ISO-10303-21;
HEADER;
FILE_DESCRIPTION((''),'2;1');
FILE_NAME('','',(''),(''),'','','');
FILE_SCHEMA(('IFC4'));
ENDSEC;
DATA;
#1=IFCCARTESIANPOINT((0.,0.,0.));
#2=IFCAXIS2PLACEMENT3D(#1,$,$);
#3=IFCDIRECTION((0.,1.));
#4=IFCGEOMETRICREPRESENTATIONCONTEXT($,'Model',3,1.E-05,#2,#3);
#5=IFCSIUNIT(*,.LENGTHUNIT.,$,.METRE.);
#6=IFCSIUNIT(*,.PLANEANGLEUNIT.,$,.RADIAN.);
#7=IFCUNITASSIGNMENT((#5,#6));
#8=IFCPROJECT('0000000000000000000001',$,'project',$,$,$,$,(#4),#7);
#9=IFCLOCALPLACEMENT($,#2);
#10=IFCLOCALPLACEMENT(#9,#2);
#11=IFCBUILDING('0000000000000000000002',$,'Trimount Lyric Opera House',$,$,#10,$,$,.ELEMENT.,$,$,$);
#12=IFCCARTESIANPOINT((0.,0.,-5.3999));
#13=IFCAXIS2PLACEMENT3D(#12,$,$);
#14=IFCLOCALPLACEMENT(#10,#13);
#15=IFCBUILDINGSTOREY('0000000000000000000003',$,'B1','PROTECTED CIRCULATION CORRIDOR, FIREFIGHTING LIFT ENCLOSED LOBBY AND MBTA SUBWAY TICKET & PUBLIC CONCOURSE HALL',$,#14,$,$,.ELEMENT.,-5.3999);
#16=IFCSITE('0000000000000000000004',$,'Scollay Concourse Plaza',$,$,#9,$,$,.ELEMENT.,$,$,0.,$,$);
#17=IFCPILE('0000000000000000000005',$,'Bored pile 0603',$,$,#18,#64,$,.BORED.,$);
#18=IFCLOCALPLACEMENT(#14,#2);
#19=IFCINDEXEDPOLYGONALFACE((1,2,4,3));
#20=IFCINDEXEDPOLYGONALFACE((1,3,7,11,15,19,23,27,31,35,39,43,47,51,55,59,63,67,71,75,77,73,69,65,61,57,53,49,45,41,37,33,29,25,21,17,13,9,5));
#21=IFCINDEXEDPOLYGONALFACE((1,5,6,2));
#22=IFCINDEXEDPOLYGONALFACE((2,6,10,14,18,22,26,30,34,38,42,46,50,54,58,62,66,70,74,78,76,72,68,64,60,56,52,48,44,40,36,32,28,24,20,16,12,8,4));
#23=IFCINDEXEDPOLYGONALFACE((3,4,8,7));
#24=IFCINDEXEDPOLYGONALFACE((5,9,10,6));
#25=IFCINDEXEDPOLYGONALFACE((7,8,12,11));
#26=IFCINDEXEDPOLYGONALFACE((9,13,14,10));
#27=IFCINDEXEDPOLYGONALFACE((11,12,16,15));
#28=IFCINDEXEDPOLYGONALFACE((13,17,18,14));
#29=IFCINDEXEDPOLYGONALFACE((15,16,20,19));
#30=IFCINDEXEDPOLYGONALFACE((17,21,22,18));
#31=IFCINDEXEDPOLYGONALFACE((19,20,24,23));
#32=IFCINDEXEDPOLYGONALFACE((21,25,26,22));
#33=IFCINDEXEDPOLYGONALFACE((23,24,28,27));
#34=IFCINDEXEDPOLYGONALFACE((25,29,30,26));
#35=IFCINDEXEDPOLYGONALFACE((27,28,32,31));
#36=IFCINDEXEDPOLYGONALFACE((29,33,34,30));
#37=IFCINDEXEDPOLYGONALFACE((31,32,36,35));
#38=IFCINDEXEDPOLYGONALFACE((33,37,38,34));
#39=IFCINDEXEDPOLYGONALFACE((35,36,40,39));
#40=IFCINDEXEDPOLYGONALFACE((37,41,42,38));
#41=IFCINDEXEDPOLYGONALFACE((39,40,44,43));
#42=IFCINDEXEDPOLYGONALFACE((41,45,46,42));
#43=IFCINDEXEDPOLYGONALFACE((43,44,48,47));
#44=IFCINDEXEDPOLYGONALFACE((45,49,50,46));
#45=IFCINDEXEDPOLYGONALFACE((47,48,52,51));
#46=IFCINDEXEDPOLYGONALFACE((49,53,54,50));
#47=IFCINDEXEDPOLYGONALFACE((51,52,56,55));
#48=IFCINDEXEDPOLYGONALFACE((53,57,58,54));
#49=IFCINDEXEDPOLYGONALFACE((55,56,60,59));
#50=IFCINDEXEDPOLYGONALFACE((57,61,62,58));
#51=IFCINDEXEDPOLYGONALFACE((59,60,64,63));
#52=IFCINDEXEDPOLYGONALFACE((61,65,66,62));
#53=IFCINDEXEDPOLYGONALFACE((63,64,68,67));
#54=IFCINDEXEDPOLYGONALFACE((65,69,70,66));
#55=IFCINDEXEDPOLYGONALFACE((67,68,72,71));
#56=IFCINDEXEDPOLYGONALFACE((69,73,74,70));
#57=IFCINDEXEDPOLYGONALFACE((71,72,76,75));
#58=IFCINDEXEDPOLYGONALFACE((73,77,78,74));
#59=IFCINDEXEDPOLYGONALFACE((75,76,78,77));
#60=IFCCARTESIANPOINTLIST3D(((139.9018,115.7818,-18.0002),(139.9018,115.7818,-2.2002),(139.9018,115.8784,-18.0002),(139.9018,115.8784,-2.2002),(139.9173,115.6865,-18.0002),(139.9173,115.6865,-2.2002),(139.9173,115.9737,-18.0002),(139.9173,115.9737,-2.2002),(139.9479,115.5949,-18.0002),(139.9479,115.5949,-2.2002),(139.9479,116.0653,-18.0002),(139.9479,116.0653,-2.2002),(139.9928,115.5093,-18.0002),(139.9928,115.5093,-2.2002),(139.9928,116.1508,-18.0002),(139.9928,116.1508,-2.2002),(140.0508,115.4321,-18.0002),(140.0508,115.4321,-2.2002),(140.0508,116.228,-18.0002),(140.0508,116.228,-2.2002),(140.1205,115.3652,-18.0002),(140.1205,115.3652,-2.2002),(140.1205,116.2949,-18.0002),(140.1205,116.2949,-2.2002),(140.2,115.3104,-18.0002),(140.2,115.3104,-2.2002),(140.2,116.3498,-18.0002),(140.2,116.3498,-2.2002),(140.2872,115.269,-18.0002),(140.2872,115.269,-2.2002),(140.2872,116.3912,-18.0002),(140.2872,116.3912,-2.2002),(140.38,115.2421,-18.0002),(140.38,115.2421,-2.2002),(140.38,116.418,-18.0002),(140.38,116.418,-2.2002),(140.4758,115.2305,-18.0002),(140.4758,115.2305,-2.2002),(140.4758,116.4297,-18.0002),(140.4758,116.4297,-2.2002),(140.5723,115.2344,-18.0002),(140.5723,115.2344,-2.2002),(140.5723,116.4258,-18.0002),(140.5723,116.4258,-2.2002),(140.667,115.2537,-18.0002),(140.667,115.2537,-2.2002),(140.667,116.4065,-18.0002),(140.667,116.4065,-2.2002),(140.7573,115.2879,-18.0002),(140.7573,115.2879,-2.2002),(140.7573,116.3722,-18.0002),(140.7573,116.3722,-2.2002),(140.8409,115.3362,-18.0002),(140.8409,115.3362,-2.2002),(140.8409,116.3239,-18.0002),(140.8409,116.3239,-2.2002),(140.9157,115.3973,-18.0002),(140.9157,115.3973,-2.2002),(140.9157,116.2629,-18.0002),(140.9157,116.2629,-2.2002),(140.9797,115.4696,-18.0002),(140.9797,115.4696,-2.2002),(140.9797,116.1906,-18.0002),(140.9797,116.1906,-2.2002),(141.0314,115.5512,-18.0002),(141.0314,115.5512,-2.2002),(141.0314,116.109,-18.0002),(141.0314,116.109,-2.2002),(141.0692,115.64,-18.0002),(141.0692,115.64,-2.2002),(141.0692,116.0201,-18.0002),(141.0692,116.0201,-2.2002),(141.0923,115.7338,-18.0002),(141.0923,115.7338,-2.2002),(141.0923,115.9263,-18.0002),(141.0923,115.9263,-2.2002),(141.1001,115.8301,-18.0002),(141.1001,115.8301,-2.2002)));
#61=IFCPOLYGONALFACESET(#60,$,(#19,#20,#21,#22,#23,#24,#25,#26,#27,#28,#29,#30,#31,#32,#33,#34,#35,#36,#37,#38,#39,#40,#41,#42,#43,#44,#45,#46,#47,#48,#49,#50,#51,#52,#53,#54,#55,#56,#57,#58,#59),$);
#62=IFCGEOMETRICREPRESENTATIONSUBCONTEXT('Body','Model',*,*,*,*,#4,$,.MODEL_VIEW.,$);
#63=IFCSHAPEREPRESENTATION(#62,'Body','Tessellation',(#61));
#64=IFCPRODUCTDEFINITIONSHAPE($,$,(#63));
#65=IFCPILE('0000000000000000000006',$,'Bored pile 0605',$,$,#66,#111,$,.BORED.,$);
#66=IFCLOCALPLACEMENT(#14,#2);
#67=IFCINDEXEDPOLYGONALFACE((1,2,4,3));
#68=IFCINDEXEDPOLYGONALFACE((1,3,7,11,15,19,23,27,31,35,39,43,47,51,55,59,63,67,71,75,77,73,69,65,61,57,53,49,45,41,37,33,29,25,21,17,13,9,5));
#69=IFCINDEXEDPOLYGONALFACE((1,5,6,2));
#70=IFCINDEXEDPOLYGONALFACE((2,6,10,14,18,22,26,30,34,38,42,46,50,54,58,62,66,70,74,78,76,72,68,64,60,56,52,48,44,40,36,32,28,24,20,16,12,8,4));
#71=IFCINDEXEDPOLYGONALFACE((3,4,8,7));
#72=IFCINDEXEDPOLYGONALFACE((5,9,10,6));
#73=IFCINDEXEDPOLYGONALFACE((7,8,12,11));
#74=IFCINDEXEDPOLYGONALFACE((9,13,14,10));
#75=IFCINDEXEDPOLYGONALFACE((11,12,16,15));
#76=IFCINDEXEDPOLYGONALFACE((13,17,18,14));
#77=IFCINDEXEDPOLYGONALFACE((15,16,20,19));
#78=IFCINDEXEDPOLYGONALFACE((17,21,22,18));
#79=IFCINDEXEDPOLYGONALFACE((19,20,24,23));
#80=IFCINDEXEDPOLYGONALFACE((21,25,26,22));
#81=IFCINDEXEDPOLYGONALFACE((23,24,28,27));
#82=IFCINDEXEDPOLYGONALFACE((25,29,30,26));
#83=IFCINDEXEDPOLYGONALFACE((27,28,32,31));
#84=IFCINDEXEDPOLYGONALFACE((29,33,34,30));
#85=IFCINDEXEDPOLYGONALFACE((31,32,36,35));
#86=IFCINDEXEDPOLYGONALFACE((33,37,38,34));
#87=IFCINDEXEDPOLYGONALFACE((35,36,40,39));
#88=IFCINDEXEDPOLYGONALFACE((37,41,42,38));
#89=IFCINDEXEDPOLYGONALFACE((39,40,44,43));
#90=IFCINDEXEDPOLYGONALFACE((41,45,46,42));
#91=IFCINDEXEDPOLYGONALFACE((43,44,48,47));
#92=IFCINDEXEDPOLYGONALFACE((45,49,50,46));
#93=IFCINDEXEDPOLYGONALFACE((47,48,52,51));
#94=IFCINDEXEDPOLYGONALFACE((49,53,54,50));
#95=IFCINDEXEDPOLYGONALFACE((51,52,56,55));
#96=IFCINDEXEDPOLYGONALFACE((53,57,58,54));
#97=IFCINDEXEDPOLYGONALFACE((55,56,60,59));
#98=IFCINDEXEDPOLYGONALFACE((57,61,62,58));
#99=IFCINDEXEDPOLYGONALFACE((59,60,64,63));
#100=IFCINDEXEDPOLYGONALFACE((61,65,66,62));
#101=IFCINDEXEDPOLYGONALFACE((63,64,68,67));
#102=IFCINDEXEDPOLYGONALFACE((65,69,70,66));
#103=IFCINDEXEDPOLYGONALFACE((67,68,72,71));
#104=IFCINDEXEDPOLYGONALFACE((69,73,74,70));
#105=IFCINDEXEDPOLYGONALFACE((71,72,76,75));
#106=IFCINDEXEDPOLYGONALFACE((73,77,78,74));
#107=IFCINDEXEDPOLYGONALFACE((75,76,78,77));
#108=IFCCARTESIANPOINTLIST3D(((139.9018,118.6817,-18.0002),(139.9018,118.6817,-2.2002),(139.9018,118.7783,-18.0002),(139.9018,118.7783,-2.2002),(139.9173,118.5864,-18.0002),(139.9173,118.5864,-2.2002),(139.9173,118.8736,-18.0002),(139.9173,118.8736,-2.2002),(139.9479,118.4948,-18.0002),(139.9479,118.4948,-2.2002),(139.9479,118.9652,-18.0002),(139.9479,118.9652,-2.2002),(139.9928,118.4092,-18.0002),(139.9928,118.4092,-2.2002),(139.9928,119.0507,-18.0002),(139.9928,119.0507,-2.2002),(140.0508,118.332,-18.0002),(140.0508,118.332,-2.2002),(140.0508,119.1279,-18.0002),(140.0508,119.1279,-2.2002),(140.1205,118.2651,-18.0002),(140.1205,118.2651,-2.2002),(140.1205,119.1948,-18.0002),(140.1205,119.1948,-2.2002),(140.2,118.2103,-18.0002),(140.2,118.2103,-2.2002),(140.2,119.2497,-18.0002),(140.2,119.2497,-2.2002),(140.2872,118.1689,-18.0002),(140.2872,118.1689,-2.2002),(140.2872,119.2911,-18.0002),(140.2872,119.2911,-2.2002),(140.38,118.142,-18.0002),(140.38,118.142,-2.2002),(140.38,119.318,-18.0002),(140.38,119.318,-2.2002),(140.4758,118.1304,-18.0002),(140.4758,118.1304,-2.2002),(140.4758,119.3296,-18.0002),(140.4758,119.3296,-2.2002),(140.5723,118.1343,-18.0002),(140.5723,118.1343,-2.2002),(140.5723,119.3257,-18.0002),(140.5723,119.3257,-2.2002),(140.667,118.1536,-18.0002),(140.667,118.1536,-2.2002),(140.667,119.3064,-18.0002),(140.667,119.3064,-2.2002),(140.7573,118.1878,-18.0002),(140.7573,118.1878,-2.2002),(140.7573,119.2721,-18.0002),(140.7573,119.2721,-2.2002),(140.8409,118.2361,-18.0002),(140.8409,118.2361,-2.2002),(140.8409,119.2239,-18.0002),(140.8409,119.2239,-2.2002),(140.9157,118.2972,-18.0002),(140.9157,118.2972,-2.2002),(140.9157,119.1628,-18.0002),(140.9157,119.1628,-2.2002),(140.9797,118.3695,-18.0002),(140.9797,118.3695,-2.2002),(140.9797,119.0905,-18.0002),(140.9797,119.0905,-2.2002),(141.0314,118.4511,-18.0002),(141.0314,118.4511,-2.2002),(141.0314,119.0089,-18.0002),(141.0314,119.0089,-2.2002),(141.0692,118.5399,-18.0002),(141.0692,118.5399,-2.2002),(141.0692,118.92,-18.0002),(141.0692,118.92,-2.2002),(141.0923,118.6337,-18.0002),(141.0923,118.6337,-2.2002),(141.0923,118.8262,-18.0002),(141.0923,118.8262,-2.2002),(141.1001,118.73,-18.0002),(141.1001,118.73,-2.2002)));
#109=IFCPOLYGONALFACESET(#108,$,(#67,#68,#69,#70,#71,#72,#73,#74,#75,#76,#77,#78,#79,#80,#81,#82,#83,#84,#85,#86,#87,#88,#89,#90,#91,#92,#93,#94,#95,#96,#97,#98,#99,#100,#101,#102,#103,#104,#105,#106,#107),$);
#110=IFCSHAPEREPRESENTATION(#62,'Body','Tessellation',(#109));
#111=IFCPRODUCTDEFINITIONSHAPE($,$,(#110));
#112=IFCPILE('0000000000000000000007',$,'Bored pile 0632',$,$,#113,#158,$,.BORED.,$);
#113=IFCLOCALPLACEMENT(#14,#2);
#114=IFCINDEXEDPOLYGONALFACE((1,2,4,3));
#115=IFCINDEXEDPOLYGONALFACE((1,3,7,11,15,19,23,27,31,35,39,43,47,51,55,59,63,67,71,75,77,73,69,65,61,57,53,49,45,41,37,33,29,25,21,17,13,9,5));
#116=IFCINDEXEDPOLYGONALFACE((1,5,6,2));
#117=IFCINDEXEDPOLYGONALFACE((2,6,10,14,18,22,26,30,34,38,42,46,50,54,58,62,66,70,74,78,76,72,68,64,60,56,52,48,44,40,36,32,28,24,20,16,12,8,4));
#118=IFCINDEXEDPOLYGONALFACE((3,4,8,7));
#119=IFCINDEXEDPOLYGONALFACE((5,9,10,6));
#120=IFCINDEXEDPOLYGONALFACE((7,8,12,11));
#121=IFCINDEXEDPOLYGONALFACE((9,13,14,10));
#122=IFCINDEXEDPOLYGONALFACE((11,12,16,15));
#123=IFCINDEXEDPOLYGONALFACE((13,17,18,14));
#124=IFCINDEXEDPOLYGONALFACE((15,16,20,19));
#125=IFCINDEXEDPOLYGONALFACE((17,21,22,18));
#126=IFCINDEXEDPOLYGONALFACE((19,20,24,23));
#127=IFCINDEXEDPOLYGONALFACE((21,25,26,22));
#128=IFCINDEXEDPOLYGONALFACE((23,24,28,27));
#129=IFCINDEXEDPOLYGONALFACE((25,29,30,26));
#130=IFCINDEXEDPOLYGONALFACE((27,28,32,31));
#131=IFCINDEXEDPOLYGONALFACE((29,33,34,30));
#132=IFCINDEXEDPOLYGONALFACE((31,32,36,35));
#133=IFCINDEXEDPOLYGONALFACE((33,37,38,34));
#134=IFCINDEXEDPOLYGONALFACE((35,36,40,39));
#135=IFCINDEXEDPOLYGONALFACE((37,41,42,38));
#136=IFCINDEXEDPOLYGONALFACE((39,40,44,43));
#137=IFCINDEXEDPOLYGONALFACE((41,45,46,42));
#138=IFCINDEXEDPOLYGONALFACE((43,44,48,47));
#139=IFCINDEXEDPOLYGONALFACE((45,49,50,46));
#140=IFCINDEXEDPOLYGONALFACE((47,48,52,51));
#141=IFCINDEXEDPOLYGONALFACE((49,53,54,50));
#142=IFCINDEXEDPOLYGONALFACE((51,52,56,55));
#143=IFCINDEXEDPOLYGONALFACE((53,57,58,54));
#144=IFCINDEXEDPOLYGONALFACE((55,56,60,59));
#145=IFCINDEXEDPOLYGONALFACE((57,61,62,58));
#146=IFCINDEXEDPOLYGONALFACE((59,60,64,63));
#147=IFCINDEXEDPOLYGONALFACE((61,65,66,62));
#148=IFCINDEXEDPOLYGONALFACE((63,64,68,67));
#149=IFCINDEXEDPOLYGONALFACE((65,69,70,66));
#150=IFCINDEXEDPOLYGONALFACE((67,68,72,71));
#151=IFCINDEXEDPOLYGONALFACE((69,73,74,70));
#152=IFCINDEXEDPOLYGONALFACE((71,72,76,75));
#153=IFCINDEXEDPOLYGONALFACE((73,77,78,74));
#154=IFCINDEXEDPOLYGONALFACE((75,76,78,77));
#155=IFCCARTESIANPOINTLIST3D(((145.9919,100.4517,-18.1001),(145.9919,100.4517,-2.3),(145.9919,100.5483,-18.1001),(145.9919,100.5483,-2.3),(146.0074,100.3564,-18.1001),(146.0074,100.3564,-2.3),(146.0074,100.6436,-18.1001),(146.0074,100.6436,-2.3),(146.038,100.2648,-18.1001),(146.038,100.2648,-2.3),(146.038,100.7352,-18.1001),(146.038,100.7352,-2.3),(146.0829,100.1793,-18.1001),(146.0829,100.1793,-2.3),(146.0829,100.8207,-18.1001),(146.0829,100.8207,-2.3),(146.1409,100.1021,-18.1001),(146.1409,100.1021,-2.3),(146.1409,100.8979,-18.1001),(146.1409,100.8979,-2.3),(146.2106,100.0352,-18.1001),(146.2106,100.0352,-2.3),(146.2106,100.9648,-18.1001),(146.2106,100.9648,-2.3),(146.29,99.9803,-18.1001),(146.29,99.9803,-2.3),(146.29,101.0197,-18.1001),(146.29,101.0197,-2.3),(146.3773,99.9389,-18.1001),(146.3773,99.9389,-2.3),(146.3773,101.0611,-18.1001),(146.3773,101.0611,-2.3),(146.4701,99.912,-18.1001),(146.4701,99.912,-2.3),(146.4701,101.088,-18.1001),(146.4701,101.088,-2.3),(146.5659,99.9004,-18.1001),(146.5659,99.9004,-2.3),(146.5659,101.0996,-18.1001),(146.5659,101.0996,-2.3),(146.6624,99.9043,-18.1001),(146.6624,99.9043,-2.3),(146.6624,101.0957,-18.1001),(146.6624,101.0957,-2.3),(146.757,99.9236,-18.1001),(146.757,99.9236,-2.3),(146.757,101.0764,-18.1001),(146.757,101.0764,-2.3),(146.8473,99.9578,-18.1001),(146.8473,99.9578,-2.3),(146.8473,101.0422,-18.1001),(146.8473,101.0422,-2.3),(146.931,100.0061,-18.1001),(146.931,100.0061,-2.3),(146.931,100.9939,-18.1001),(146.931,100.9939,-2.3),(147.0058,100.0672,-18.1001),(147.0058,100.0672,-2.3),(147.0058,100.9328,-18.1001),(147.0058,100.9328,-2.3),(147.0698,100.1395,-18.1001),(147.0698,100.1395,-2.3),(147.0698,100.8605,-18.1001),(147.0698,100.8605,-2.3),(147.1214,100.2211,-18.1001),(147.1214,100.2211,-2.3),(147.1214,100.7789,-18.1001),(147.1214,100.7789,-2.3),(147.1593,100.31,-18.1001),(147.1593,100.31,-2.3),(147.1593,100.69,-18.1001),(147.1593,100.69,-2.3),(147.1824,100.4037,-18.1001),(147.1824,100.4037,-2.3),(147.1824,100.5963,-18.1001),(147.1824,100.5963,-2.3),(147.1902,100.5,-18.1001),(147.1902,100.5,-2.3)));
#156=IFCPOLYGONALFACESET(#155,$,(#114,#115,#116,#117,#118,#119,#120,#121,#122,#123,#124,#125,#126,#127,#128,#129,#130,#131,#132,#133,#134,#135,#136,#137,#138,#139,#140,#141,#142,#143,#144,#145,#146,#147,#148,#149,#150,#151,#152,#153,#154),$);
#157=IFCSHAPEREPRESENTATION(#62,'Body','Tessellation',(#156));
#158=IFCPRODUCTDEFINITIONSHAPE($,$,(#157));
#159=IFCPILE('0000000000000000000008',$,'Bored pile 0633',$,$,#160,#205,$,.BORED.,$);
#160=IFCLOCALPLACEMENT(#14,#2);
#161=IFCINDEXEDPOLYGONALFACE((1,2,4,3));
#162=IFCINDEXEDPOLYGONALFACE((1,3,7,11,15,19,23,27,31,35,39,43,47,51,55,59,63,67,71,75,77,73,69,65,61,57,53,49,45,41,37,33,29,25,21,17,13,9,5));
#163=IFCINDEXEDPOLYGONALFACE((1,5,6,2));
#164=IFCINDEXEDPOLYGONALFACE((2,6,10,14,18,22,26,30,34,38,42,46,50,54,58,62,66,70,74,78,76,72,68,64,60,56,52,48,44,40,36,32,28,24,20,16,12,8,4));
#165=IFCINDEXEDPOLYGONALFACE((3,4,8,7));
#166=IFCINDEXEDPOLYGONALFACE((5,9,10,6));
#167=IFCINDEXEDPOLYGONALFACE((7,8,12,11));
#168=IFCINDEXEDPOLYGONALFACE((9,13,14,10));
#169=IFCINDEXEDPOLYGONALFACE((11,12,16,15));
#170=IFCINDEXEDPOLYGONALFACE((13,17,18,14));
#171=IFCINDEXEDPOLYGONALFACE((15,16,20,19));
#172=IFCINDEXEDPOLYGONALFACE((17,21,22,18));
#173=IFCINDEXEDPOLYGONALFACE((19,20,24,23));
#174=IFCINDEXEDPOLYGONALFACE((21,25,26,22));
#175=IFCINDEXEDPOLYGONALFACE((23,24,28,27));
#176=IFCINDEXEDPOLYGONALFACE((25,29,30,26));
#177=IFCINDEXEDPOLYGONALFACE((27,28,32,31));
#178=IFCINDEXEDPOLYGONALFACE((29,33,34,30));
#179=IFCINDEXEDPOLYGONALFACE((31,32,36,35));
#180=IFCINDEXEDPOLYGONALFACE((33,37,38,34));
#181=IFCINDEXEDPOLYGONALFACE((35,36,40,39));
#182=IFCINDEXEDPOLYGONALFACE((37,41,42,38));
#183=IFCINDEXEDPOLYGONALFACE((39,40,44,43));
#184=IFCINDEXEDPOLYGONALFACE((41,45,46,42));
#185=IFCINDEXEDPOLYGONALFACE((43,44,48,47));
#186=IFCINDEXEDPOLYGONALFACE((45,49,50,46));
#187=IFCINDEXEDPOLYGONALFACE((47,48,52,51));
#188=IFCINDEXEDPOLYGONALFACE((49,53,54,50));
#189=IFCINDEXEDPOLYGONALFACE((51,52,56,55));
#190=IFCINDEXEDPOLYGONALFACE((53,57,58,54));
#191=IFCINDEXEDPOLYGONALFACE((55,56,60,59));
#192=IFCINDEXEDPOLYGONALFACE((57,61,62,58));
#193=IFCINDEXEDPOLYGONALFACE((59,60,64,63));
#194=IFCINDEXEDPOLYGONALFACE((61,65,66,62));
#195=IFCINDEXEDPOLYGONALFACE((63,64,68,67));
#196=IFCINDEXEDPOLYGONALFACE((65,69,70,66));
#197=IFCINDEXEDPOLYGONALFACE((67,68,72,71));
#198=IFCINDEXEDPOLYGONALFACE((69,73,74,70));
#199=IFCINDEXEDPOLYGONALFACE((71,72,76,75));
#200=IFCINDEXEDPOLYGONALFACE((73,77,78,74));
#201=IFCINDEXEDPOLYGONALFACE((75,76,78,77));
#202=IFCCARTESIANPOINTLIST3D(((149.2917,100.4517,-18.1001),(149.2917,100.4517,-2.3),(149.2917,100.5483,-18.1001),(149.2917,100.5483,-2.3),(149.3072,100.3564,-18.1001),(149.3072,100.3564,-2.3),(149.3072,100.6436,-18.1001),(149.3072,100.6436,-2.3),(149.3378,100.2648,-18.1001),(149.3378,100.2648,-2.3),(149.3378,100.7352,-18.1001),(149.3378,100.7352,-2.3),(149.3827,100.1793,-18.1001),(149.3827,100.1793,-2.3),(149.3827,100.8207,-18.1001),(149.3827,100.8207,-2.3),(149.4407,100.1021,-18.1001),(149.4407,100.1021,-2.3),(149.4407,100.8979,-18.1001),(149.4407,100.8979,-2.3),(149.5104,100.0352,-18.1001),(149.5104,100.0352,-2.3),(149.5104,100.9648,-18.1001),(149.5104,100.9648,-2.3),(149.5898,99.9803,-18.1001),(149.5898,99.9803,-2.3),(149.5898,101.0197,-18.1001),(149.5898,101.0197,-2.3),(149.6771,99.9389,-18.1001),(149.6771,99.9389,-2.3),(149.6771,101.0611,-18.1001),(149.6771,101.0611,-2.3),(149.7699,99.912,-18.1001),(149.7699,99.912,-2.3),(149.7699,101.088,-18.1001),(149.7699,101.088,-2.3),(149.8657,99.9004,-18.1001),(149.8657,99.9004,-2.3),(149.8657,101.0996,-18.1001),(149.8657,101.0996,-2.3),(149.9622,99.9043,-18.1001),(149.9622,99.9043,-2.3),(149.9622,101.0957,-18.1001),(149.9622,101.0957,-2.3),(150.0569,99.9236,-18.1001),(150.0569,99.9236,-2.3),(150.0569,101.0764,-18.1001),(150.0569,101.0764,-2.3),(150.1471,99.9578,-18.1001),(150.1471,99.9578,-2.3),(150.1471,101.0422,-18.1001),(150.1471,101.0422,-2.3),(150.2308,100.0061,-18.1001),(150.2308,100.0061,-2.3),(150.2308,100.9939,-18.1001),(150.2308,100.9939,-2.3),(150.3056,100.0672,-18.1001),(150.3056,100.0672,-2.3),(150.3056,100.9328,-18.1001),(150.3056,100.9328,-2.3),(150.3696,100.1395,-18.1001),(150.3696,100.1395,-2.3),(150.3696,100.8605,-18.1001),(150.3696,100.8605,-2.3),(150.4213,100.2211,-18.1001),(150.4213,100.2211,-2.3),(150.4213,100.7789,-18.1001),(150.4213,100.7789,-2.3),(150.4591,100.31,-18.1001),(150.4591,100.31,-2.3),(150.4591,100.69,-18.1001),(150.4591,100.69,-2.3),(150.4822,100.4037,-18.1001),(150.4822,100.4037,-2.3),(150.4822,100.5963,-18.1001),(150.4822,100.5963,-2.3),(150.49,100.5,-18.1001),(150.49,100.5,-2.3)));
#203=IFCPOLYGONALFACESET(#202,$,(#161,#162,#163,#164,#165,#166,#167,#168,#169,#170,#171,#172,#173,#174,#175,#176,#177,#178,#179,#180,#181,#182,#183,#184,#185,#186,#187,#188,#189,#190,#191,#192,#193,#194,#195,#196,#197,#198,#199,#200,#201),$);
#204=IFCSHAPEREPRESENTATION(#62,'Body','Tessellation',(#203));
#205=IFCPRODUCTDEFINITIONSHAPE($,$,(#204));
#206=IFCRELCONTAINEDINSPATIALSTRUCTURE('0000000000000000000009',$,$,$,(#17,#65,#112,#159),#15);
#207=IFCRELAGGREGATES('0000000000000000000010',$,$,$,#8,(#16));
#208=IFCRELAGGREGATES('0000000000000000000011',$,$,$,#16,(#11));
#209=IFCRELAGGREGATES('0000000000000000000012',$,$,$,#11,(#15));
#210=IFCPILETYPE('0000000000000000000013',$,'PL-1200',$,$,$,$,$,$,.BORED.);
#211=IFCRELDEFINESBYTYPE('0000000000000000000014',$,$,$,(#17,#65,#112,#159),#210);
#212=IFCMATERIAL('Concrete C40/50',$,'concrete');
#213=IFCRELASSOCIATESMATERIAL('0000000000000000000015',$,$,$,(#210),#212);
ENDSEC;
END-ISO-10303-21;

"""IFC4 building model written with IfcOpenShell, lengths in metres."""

from ifc_helpers import new_model, si_unit, direction, frame, origin, origin_2d, place, context, subcontext, project, spatial, circle, extrude, material, material_profile, profile_set, type_object, element, save


model = new_model("IFC4")

# Units and contexts
model_context = context("Model", 3, precision=1e-05, world=origin(), true_north=direction((0.0, 1.0)))
body_context = subcontext(model_context, "Body", "Model", "MODEL_VIEW")
ifc_project = project(units=[si_unit("LENGTHUNIT", "METRE"), si_unit("PLANEANGLEUNIT", "RADIAN")], contexts=[model_context])

# Site, building, storey
site_placement = place(None, origin())
site = spatial("IfcSite", under=ifc_project, at=site_placement, Name="Scollay Concourse Plaza", CompositionType="ELEMENT", RefElevation=0.0)
building_placement = place(site_placement, origin())
building = spatial("IfcBuilding", under=site, at=building_placement, Name="Trimount Lyric Opera House", CompositionType="ELEMENT")
storey_placement = place(building_placement, frame((0.0, 0.0, -5.3999)))
storey = spatial("IfcBuildingStorey", under=building, at=storey_placement, Name="B1", Description="PROTECTED CIRCULATION CORRIDOR, FIREFIGHTING LIFT ENCLOSED LOBBY AND MBTA SUBWAY TICKET & PUBLIC CONCOURSE HALL", CompositionType="ELEMENT", Elevation=-5.3999)

# Piles
ifc_material_1 = material(Name="Concrete C40/50", Category="concrete")
ifc_material_profile_1 = material_profile(ifc_material_1, circle(Radius=0.6001, at=origin_2d()), Name="PILE-D1200")
ifc_profile_set_1 = profile_set([ifc_material_profile_1], Name="Concrete C40/50")
pile_type_1 = type_object("IfcPileType", Name="PL-1200", PredefinedType="BORED", material=ifc_profile_set_1)
for number, where, z_axis, x_axis, name in (
    (1, (140.5, 115.8301, -2.2002), (0.0, 0.0, -1.0), (1.0, 0.0, 0.0), "Bored pile 0603"),
    (2, (140.5, 118.73, -2.2002), (0.0, 0.0, -1.0), (1.0, 0.0, 0.0), "Bored pile 0605"),
    (3, (146.5901, 100.5, -2.3), (0.0, 0.0, -1.0), (1.0, 0.0, 0.0), "Bored pile 0632"),
    (4, (149.8899, 100.5, -2.3), (0.0, 0.0, -1.0), (1.0, 0.0, 0.0), "Bored pile 0633"),
):
    element("IfcPile", number, at=place(storey_placement, frame(where, z_axis=z_axis, x_axis=x_axis)), inside=storey, type_object=pile_type_1, Name=name, PredefinedType="BORED", context=body_context, shape_type="SweptSolid", body=[
        extrude(circle(Radius=0.6001, at=origin_2d()), origin(), (0.0, 0.0, 1.0), 15.8),
    ])

save(model, "model.ifc")
